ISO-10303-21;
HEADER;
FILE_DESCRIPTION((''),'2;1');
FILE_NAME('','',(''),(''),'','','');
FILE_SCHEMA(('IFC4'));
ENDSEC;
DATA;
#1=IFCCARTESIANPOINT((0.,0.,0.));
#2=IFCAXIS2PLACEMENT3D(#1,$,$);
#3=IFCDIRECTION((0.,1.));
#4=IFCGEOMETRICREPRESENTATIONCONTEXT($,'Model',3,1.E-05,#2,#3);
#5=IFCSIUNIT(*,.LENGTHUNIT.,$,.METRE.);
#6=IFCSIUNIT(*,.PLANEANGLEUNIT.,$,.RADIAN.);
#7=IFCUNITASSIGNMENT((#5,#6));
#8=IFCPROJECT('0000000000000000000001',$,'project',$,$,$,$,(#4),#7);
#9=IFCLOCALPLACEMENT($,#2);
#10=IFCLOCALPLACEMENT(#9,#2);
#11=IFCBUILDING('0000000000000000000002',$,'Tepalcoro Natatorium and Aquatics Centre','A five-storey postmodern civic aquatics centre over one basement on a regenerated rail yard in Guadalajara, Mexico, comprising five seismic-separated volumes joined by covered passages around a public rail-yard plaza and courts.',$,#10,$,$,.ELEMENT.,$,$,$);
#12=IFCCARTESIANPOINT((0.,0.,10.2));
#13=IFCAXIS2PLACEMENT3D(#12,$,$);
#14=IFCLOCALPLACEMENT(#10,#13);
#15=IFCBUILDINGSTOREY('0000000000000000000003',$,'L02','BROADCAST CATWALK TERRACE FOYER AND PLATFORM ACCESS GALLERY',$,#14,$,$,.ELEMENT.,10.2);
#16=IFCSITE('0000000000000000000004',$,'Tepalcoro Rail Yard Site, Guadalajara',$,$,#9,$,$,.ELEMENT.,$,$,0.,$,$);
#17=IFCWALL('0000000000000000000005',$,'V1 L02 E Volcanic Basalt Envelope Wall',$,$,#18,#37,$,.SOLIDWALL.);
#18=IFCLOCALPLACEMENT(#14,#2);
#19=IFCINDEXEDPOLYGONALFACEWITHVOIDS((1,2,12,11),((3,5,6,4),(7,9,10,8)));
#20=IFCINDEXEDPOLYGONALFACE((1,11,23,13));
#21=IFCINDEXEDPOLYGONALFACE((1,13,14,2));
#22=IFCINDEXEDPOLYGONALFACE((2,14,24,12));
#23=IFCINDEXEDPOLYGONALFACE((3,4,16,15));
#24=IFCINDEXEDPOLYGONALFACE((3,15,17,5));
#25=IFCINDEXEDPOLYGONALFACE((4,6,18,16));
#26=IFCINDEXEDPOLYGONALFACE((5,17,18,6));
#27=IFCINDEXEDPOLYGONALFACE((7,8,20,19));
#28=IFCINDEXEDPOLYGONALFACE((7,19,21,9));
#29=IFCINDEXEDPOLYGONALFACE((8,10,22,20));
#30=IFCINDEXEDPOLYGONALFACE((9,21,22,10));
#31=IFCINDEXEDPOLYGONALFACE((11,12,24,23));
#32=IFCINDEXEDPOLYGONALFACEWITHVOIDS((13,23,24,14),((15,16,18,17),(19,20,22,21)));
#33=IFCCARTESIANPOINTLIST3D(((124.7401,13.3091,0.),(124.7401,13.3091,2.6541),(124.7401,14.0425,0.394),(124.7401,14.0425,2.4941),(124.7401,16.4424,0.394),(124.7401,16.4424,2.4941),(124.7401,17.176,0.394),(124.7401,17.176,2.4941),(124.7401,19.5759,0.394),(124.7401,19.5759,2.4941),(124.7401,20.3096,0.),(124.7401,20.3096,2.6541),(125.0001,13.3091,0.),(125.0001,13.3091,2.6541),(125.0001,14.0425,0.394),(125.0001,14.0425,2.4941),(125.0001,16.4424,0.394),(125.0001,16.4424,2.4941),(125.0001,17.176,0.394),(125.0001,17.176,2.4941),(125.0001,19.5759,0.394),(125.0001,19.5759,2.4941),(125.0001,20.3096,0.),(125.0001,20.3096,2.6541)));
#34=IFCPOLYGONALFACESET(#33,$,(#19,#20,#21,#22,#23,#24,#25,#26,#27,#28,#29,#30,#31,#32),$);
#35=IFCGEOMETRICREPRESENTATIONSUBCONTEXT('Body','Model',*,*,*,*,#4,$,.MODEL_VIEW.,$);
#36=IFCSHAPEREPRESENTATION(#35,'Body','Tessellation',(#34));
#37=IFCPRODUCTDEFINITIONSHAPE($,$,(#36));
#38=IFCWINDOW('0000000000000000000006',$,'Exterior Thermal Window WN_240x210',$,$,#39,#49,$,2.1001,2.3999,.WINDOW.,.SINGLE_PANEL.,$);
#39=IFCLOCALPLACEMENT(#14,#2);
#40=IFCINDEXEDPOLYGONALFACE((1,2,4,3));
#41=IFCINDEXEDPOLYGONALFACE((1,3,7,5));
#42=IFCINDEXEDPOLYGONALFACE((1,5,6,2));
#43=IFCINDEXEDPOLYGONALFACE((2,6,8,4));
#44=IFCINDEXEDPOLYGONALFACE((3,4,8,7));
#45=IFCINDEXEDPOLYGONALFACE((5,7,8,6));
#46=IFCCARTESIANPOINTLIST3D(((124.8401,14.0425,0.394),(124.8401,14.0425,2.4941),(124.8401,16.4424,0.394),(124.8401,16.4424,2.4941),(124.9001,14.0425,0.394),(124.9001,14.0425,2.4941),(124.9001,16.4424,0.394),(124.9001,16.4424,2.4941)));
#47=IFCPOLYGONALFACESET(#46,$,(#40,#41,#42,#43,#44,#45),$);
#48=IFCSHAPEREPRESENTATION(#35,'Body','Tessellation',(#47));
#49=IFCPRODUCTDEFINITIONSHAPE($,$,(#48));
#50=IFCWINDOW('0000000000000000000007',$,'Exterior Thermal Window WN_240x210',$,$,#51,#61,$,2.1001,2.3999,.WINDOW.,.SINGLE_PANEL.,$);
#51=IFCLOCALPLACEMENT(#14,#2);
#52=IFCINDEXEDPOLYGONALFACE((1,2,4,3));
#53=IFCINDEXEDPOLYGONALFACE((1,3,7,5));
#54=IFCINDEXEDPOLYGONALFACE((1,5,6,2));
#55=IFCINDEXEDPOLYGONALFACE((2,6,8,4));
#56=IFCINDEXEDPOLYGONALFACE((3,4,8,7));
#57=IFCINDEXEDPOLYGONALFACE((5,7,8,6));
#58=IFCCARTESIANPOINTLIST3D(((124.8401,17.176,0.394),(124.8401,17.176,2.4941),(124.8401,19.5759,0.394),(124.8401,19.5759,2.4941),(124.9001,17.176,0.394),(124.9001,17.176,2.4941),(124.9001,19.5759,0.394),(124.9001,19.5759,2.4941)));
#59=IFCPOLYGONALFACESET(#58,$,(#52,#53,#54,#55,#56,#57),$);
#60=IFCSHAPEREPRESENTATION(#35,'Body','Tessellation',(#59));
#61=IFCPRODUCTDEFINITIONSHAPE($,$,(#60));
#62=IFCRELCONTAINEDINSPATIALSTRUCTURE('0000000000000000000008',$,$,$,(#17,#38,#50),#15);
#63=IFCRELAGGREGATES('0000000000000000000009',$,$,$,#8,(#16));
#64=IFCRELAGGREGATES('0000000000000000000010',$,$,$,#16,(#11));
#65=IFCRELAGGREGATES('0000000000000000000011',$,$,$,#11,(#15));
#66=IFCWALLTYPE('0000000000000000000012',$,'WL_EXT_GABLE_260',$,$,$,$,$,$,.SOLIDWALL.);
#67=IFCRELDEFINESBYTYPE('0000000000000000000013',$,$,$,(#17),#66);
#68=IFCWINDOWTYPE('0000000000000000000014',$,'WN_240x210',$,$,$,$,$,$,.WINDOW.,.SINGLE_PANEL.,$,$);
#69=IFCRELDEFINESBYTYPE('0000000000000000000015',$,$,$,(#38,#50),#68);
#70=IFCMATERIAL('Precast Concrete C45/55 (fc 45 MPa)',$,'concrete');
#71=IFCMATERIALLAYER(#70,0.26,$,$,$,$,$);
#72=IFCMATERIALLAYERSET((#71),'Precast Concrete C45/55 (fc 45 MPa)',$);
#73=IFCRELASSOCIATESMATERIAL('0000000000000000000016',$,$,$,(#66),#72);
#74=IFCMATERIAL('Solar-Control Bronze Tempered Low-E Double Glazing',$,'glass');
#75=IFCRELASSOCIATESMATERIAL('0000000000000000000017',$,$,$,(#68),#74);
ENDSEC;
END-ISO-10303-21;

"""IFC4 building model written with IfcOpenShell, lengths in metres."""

from ifc_helpers import new_model, si_unit, direction, frame, frame_2d, origin, place, context, subcontext, project, spatial, rectangle, extrude, material, layer, layer_set, type_object, element, fill, save


model = new_model("IFC4")

# Units and contexts
model_context = context("Model", 3, precision=1e-05, world=origin(), true_north=direction((0.0, 1.0)))
body_context = subcontext(model_context, "Body", "Model", "MODEL_VIEW")
ifc_project = project(units=[si_unit("LENGTHUNIT", "METRE"), si_unit("PLANEANGLEUNIT", "RADIAN")], contexts=[model_context])

# Site, building, storey
site_placement = place(None, origin())
site = spatial("IfcSite", under=ifc_project, at=site_placement, Name="Tepalcoro Rail Yard Site, Guadalajara", CompositionType="ELEMENT", RefElevation=0.0)
building_placement = place(site_placement, origin())
building = spatial("IfcBuilding", under=site, at=building_placement, Name="Tepalcoro Natatorium and Aquatics Centre", Description="A five-storey postmodern civic aquatics centre over one basement on a regenerated rail yard in Guadalajara, Mexico, comprising five seismic-separated volumes joined by covered passages around a public rail-yard plaza and courts.", CompositionType="ELEMENT")
storey_placement = place(building_placement, frame((0.0, 0.0, 10.2)))
storey = spatial("IfcBuildingStorey", under=building, at=storey_placement, Name="L02", Description="BROADCAST CATWALK TERRACE FOYER AND PLATFORM ACCESS GALLERY", CompositionType="ELEMENT", Elevation=10.2)

# Wall, openings, windows
ifc_material_1 = material(Name="Precast Concrete C45/55 (fc 45 MPa)", Category="concrete")
ifc_layer_1 = layer(ifc_material_1, 0.26)
ifc_layer_set_1 = layer_set([ifc_layer_1], Name="Precast Concrete C45/55 (fc 45 MPa)")
wall_type_1 = type_object("IfcWallType", Name="WL_EXT_GABLE_260", PredefinedType="SOLIDWALL", material=ifc_layer_set_1)
wall_1_placement = place(storey_placement, frame((124.8701, 13.3091, 0.0), z_axis=(0.0, 0.0, 1.0), x_axis=(0.0, 1.0, 0.0)))
wall_1 = element("IfcWall", 1, at=wall_1_placement, inside=storey, type_object=wall_type_1, Name="V1 L02 E Volcanic Basalt Envelope Wall", PredefinedType="SOLIDWALL", context=body_context, shape_type="SweptSolid", body=[
    extrude(rectangle(XDim=7.0005, YDim=0.26, at=frame_2d((3.5002, 0.0))), origin(), (0.0, 0.0, 1.0), 2.6541),
])
opening_1_placement = place(wall_1_placement, frame((0.7334, 0.0, 0.394)))
opening_1 = element("IfcOpeningElement", 2, at=opening_1_placement, cuts=wall_1, PredefinedType="OPENING", context=body_context, shape_type="SweptSolid", body=[
    extrude(rectangle(XDim=2.3999, YDim=2.1001, at=frame_2d((1.2, 1.05))), frame((0.0, 0.1421, 0.0), z_axis=(0.0, -1.0, 0.0), x_axis=(1.0, 0.0, 0.0)), (0.0, 0.0, 1.0), 0.2839),
])
opening_2_placement = place(wall_1_placement, frame((3.8669, 0.0, 0.394)))
opening_2 = element("IfcOpeningElement", 3, at=opening_2_placement, cuts=wall_1, PredefinedType="OPENING", context=body_context, shape_type="SweptSolid", body=[
    extrude(rectangle(XDim=2.3999, YDim=2.1001, at=frame_2d((1.2, 1.05))), frame((0.0, 0.1421, 0.0), z_axis=(0.0, -1.0, 0.0), x_axis=(1.0, 0.0, 0.0)), (0.0, 0.0, 1.0), 0.2839),
])
ifc_material_2 = material(Name="Solar-Control Bronze Tempered Low-E Double Glazing", Category="glass")
window_type = type_object("IfcWindowType", Name="WN_240x210", PartitioningType="SINGLE_PANEL", PredefinedType="WINDOW", material=ifc_material_2)
window_1_placement = place(opening_1_placement, origin())
window_1 = element("IfcWindow", 4, at=window_1_placement, inside=storey, type_object=window_type, Name="Exterior Thermal Window WN_240x210", OverallHeight=2.1001, OverallWidth=2.3999, PartitioningType="SINGLE_PANEL", PredefinedType="WINDOW", context=body_context, shape_type="SweptSolid", body=[
    extrude(rectangle(XDim=2.3999, YDim=2.1001, at=frame_2d((1.2, 1.05))), frame((0.0, 0.03, 0.0), z_axis=(0.0, -1.0, 0.0), x_axis=(1.0, 0.0, 0.0)), (0.0, 0.0, 1.0), 0.0601),
])
fill(opening_1, window_1)
window_2_placement = place(opening_2_placement, origin())
window_2 = element("IfcWindow", 5, at=window_2_placement, inside=storey, type_object=window_type, Name="Exterior Thermal Window WN_240x210", OverallHeight=2.1001, OverallWidth=2.3999, PartitioningType="SINGLE_PANEL", PredefinedType="WINDOW", context=body_context, shape_type="SweptSolid", body=[
    extrude(rectangle(XDim=2.3999, YDim=2.1001, at=frame_2d((1.2, 1.05))), frame((0.0, 0.03, 0.0), z_axis=(0.0, -1.0, 0.0), x_axis=(1.0, 0.0, 0.0)), (0.0, 0.0, 1.0), 0.0601),
])
fill(opening_2, window_2)

save(model, "model.ifc")
